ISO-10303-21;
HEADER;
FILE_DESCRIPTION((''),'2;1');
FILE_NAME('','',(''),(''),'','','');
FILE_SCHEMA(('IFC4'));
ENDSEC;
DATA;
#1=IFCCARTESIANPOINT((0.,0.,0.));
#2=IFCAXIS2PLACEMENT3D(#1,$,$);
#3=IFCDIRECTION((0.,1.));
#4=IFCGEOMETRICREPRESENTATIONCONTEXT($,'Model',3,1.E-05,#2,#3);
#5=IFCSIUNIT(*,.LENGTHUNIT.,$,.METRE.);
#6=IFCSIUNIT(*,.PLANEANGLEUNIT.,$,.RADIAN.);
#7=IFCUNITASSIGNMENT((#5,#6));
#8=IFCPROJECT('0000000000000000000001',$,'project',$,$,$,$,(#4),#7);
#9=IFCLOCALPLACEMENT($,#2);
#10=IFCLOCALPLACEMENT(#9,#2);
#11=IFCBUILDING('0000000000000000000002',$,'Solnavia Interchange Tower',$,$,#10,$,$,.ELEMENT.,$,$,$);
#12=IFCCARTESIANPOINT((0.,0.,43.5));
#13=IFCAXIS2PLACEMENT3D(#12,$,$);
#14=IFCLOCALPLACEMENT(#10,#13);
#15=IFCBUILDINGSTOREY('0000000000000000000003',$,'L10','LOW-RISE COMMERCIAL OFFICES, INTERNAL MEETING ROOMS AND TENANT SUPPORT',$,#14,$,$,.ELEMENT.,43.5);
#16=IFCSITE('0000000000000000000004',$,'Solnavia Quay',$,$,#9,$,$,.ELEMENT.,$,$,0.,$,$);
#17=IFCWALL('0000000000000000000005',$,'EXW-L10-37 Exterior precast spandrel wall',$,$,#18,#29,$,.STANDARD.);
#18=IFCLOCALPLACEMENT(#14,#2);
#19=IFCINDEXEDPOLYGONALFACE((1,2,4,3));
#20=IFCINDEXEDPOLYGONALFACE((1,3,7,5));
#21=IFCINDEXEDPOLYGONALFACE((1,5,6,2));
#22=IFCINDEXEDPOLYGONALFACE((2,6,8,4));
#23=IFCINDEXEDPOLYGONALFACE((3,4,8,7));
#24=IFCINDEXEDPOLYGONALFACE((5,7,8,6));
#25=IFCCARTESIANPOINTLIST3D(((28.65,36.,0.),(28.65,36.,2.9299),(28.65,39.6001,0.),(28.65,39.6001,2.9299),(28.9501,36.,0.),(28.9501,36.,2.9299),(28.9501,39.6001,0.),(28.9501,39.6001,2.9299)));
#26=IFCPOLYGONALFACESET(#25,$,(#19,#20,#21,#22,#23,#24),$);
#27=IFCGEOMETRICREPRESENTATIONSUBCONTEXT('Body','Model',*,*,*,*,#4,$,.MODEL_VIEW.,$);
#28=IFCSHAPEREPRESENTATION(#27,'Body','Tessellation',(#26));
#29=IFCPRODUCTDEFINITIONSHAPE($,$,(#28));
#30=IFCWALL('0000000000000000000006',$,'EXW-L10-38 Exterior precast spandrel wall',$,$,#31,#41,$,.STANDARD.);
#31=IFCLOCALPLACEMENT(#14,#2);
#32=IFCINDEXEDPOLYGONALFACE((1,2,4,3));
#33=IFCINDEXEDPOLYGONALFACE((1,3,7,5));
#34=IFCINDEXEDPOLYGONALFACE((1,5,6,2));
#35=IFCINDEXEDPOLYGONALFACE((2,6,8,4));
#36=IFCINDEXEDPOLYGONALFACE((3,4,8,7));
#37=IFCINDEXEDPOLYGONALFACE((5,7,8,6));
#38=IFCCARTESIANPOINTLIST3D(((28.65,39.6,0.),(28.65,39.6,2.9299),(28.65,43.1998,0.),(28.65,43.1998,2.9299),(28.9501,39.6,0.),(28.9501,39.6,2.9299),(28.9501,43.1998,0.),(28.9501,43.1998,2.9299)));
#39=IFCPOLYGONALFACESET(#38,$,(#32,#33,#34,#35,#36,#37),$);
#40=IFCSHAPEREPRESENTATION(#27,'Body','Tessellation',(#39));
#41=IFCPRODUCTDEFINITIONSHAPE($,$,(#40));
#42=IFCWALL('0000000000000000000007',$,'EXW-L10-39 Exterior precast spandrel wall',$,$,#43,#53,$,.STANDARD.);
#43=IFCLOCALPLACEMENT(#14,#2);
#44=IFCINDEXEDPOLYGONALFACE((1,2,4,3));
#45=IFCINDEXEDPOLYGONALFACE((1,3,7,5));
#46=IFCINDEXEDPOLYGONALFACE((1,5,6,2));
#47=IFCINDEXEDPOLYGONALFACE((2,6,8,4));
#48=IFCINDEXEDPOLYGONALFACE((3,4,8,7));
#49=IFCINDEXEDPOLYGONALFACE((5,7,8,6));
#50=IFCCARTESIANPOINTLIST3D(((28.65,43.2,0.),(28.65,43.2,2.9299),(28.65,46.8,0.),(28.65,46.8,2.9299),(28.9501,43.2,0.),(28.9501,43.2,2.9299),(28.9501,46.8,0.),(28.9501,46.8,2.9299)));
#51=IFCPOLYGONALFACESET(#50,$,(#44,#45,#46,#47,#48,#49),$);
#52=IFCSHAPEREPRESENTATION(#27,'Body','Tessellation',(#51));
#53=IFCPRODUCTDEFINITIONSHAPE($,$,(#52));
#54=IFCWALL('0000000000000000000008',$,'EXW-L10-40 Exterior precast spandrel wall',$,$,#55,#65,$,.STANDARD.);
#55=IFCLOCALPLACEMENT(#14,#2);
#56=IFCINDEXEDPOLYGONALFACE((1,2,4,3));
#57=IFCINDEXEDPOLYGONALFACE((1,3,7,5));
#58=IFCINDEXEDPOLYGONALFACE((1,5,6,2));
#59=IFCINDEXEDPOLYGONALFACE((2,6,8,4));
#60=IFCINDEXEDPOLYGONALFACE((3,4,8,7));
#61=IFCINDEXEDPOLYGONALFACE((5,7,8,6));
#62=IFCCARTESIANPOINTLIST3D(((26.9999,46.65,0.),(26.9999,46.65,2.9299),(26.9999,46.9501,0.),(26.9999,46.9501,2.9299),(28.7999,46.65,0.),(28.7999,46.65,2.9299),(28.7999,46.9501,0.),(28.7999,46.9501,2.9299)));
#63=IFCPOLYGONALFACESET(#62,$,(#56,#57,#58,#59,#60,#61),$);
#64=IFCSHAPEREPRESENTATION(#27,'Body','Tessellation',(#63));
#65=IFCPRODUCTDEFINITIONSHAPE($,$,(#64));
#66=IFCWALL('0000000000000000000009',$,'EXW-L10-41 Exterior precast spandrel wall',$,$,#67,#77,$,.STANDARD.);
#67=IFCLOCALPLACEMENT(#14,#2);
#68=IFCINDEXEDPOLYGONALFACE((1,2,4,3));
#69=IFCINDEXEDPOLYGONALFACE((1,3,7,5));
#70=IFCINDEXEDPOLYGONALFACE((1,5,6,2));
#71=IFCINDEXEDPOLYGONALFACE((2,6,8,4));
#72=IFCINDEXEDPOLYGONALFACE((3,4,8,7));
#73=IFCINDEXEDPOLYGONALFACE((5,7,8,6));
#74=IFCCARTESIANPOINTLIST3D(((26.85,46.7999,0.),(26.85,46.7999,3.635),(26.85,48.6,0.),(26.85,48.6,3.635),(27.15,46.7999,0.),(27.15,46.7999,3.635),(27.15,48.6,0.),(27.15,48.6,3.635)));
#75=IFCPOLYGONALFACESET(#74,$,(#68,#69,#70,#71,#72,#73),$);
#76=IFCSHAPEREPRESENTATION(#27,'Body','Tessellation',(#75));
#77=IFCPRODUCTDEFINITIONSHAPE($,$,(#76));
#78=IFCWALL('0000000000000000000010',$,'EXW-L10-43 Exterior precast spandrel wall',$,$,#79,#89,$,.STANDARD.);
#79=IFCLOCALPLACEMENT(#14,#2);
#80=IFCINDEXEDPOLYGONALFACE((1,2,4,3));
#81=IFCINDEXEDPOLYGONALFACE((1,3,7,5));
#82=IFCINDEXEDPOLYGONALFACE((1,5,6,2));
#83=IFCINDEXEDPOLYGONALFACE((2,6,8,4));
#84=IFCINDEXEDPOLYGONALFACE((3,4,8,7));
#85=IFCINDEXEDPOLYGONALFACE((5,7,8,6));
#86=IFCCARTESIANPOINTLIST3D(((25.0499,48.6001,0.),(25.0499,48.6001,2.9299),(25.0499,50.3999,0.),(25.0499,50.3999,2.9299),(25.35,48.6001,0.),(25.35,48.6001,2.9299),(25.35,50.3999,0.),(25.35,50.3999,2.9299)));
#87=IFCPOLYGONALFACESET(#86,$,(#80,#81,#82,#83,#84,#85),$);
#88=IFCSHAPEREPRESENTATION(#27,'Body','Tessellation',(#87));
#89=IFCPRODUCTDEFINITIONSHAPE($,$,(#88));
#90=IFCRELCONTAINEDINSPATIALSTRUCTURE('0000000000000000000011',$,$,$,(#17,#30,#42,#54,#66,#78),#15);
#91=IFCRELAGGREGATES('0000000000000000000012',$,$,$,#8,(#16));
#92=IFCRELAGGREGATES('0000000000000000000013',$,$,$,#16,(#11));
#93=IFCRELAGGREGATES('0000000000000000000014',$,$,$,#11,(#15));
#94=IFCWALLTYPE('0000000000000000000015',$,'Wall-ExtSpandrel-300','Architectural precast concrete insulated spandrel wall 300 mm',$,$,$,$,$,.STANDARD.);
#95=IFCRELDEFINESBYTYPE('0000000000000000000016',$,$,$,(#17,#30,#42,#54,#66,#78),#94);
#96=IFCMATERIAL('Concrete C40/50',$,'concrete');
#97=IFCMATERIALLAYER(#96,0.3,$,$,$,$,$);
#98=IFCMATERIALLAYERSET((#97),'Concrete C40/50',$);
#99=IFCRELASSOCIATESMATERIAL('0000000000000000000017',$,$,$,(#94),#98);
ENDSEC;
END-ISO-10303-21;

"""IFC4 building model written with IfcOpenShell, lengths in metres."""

from ifc_helpers import new_model, si_unit, direction, frame, frame_2d, origin, place, context, subcontext, project, spatial, rectangle, extrude, material, layer, layer_set, type_object, element, save


model = new_model("IFC4")

# Units and contexts
model_context = context("Model", 3, precision=1e-05, world=origin(), true_north=direction((0.0, 1.0)))
body_context = subcontext(model_context, "Body", "Model", "MODEL_VIEW")
ifc_project = project(units=[si_unit("LENGTHUNIT", "METRE"), si_unit("PLANEANGLEUNIT", "RADIAN")], contexts=[model_context])

# Site, building, storey
site_placement = place(None, origin())
site = spatial("IfcSite", under=ifc_project, at=site_placement, Name="Solnavia Quay", CompositionType="ELEMENT", RefElevation=0.0)
building_placement = place(site_placement, origin())
building = spatial("IfcBuilding", under=site, at=building_placement, Name="Solnavia Interchange Tower", CompositionType="ELEMENT")
storey_placement = place(building_placement, frame((0.0, 0.0, 43.5)))
storey = spatial("IfcBuildingStorey", under=building, at=storey_placement, Name="L10", Description="LOW-RISE COMMERCIAL OFFICES, INTERNAL MEETING ROOMS AND TENANT SUPPORT", CompositionType="ELEMENT", Elevation=43.5)

# Walls
ifc_material_1 = material(Name="Concrete C40/50", Category="concrete")
ifc_layer = layer(ifc_material_1, 0.3)
ifc_layer_set = layer_set([ifc_layer], Name="Concrete C40/50")
wall_type = type_object("IfcWallType", Name="Wall-ExtSpandrel-300", Description="Architectural precast concrete insulated spandrel wall 300 mm", PredefinedType="STANDARD", material=ifc_layer_set)
for number, where, z_axis, x_axis, name in (
    (1, (28.8, 36.0, 0.0), (0.0, 0.0, 1.0), (0.0, 1.0, 0.0), "EXW-L10-37 Exterior precast spandrel wall"),
):
    element("IfcWall", number, at=place(storey_placement, frame(where, z_axis=z_axis, x_axis=x_axis)), inside=storey, type_object=wall_type, Name=name, PredefinedType="STANDARD", context=body_context, shape_type="SweptSolid", body=[
        extrude(rectangle(XDim=3.6001, YDim=0.3, at=frame_2d((1.8, 0.0))), origin(), (0.0, 0.0, 1.0), 2.9299),
    ])
wall_1_placement = place(storey_placement, frame((28.8, 39.6001, 0.0), z_axis=(0.0, 0.0, 1.0), x_axis=(0.0, 1.0, 0.0)))
element("IfcWall", 2, at=wall_1_placement, inside=storey, type_object=wall_type, Name="EXW-L10-38 Exterior precast spandrel wall", PredefinedType="STANDARD", context=body_context, shape_type="SweptSolid", body=[
    extrude(rectangle(XDim=3.5999, YDim=0.3, at=frame_2d((1.7998, 0.0))), origin(), (0.0, 0.0, 1.0), 2.9299),
])
wall_2_placement = place(storey_placement, frame((28.8, 43.2, 0.0), z_axis=(0.0, 0.0, 1.0), x_axis=(0.0, 1.0, 0.0)))
element("IfcWall", 3, at=wall_2_placement, inside=storey, type_object=wall_type, Name="EXW-L10-39 Exterior precast spandrel wall", PredefinedType="STANDARD", context=body_context, shape_type="SweptSolid", body=[
    extrude(rectangle(XDim=3.6001, YDim=0.3, at=frame_2d((1.8, 0.0))), origin(), (0.0, 0.0, 1.0), 2.9299),
])
wall_3_placement = place(storey_placement, frame((27.0, 46.8, 0.0), z_axis=(0.0, 0.0, 1.0), x_axis=(1.0, 0.0, 0.0)))
element("IfcWall", 4, at=wall_3_placement, inside=storey, type_object=wall_type, Name="EXW-L10-40 Exterior precast spandrel wall", PredefinedType="STANDARD", context=body_context, shape_type="SweptSolid", body=[
    extrude(rectangle(XDim=1.8, YDim=0.3, at=frame_2d((0.8999, 0.0))), origin(), (0.0, 0.0, 1.0), 2.9299),
])
wall_4_placement = place(storey_placement, frame((27.0, 46.8, 0.0), z_axis=(0.0, 0.0, 1.0), x_axis=(0.0, 1.0, 0.0)))
element("IfcWall", 5, at=wall_4_placement, inside=storey, type_object=wall_type, Name="EXW-L10-41 Exterior precast spandrel wall", PredefinedType="STANDARD", context=body_context, shape_type="SweptSolid", body=[
    extrude(rectangle(XDim=1.8, YDim=0.3, at=frame_2d((0.8999, 0.0))), origin(), (0.0, 0.0, 1.0), 3.635),
])
wall_5_placement = place(storey_placement, frame((25.2, 48.6001, 0.0), z_axis=(0.0, 0.0, 1.0), x_axis=(0.0, 1.0, 0.0)))
element("IfcWall", 6, at=wall_5_placement, inside=storey, type_object=wall_type, Name="EXW-L10-43 Exterior precast spandrel wall", PredefinedType="STANDARD", context=body_context, shape_type="SweptSolid", body=[
    extrude(rectangle(XDim=1.7998, YDim=0.3, at=frame_2d((0.8999, 0.0))), origin(), (0.0, 0.0, 1.0), 2.9299),
])

save(model, "model.ifc")
